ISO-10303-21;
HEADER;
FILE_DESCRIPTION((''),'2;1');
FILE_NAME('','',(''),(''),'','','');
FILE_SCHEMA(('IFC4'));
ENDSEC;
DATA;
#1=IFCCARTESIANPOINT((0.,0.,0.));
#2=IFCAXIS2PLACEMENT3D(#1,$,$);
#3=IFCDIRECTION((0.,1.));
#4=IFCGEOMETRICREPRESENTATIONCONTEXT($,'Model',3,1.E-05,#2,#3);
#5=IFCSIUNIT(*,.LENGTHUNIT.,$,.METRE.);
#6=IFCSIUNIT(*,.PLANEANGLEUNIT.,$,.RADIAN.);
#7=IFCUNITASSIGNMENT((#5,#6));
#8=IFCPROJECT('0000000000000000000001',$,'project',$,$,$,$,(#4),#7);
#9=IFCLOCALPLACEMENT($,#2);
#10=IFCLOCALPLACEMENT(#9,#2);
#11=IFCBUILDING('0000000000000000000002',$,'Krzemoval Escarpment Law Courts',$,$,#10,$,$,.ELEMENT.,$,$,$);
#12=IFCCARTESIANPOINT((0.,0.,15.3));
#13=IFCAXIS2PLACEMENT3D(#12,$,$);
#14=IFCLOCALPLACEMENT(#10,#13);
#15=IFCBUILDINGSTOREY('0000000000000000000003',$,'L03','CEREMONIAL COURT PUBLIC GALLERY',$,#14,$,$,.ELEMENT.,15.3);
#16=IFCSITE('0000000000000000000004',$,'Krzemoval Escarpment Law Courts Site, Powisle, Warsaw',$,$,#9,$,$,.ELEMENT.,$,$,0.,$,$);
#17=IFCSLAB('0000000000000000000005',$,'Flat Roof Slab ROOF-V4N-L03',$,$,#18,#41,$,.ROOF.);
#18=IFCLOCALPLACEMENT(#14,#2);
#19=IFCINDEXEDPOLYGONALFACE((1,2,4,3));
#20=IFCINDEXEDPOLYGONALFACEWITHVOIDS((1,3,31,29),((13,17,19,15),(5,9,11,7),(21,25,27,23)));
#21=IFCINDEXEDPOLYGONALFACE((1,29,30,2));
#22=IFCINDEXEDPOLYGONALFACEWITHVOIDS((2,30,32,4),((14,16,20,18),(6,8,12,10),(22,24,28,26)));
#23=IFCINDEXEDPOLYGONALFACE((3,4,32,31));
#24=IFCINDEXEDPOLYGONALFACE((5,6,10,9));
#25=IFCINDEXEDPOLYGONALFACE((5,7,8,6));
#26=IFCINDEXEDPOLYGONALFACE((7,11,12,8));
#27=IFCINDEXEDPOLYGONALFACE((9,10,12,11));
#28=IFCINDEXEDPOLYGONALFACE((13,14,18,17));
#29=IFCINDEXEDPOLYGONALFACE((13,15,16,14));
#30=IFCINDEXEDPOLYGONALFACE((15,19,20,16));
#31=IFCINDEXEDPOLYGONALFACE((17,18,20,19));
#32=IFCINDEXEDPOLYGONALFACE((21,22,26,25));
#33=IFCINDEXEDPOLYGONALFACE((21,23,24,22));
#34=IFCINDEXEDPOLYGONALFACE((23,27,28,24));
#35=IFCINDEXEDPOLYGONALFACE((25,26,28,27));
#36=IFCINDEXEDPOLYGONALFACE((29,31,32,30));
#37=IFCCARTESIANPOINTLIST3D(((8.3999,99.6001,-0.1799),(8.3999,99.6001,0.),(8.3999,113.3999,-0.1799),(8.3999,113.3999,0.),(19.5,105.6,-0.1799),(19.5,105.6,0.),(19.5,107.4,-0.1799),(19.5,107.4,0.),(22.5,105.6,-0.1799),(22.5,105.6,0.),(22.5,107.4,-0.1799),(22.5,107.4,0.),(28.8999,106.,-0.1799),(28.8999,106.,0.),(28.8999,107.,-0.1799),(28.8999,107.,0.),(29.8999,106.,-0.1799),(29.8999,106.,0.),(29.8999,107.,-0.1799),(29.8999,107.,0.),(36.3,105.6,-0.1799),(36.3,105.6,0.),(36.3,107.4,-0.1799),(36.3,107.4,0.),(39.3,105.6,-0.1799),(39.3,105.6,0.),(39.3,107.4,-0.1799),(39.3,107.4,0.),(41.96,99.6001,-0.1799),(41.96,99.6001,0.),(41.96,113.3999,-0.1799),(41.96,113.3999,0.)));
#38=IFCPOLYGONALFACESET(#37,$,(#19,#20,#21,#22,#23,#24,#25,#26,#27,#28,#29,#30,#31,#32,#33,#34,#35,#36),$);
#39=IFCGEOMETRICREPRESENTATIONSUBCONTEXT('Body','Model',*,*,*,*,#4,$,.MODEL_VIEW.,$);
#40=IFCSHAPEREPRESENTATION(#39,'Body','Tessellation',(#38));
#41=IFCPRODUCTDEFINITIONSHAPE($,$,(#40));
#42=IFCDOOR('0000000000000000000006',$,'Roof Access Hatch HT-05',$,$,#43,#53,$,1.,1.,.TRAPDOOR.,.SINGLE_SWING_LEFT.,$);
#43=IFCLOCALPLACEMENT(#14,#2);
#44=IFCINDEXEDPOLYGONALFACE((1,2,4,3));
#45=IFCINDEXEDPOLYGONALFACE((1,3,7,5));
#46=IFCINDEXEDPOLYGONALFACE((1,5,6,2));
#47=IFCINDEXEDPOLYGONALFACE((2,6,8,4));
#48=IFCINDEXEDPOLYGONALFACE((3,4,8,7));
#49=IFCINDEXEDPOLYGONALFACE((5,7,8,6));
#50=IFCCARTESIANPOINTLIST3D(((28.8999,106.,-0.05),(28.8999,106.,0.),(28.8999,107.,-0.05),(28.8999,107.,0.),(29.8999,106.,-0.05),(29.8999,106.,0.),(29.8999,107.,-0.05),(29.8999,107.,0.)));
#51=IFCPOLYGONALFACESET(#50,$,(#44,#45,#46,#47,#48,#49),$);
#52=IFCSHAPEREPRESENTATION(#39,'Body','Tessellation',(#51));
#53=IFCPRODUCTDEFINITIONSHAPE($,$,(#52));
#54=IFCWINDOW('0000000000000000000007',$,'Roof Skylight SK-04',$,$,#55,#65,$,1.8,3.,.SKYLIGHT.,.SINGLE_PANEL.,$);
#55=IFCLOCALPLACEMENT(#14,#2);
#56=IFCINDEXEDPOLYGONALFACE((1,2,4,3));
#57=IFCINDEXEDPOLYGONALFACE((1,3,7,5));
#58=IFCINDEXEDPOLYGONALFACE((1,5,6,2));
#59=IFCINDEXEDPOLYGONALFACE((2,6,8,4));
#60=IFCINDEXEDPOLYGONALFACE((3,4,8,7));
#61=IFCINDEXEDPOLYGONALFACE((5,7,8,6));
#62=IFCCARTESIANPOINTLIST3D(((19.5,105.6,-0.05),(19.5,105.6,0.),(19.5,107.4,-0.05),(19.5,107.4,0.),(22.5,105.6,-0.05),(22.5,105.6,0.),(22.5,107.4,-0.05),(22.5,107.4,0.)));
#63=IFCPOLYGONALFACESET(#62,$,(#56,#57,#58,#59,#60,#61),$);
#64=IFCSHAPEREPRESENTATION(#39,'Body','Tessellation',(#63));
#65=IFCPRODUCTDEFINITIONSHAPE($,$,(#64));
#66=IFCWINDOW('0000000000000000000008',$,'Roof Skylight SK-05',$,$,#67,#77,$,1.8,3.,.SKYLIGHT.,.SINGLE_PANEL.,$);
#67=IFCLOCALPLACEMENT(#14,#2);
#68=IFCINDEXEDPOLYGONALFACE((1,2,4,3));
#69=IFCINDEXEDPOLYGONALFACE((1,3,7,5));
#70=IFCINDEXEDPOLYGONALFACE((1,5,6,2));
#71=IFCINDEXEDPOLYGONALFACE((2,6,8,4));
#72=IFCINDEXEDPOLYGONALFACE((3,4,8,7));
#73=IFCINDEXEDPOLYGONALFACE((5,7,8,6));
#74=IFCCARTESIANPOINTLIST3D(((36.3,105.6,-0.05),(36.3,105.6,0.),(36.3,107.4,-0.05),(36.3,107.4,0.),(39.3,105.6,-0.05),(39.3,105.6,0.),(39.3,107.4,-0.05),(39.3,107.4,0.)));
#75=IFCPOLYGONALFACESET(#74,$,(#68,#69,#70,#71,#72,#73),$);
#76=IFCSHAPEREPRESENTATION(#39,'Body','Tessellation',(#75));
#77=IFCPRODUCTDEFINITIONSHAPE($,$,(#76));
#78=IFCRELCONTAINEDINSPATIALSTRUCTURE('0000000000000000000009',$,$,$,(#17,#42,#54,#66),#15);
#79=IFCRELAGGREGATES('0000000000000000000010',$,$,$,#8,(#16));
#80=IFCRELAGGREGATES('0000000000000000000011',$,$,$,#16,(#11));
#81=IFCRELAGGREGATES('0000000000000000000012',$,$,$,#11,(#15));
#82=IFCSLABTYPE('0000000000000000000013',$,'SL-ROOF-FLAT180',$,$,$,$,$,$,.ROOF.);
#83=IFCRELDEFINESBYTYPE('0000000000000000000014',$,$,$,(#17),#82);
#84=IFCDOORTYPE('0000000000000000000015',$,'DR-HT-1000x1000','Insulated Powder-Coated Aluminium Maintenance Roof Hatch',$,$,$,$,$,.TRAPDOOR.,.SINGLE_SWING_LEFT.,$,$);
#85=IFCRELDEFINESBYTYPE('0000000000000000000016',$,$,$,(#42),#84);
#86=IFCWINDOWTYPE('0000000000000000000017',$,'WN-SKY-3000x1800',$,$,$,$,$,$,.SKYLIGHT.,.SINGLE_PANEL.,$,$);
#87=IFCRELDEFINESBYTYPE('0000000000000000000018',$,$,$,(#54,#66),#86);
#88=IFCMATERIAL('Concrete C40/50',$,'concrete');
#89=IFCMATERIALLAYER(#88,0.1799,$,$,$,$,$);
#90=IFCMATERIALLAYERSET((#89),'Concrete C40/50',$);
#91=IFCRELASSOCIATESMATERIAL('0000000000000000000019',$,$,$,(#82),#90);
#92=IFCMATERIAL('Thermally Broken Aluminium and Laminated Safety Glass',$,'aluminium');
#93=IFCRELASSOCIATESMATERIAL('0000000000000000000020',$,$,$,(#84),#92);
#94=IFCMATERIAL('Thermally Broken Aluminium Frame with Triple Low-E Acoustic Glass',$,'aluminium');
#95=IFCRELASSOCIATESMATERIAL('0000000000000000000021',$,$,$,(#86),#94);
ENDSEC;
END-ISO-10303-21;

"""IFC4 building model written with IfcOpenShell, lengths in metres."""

from ifc_helpers import new_model, si_unit, direction, frame, origin, origin_2d, place, context, subcontext, project, spatial, polyline, rectangle, outline, extrude, material, layer, layer_set, type_object, element, fill, save


model = new_model("IFC4")

# Units and contexts
model_context = context("Model", 3, precision=1e-05, world=origin(), true_north=direction((0.0, 1.0)))
body_context = subcontext(model_context, "Body", "Model", "MODEL_VIEW")
ifc_project = project(units=[si_unit("LENGTHUNIT", "METRE"), si_unit("PLANEANGLEUNIT", "RADIAN")], contexts=[model_context])

# Site, building, storey
site_placement = place(None, origin())
site = spatial("IfcSite", under=ifc_project, at=site_placement, Name="Krzemoval Escarpment Law Courts Site, Powisle, Warsaw", CompositionType="ELEMENT", RefElevation=0.0)
building_placement = place(site_placement, origin())
building = spatial("IfcBuilding", under=site, at=building_placement, Name="Krzemoval Escarpment Law Courts", CompositionType="ELEMENT")
storey_placement = place(building_placement, frame((0.0, 0.0, 15.3)))
storey = spatial("IfcBuildingStorey", under=building, at=storey_placement, Name="L03", Description="CEREMONIAL COURT PUBLIC GALLERY", CompositionType="ELEMENT", Elevation=15.3)

# Slab, openings, door, windows
ifc_material_1 = material(Name="Concrete C40/50", Category="concrete")
ifc_layer_1 = layer(ifc_material_1, 0.1799)
ifc_layer_set_1 = layer_set([ifc_layer_1], Name="Concrete C40/50")
slab_type_1 = type_object("IfcSlabType", Name="SL-ROOF-FLAT180", PredefinedType="ROOF", material=ifc_layer_set_1)
slab_1_placement = place(storey_placement, frame((0.0, 0.0, -0.1799)))
slab_1 = element("IfcSlab", 1, at=slab_1_placement, inside=storey, type_object=slab_type_1, Name="Flat Roof Slab ROOF-V4N-L03", PredefinedType="ROOF", context=body_context, shape_type="SweptSolid", body=[
    extrude(outline(polyline([(41.96, 99.6001), (8.3999, 99.6001), (8.3999, 113.3999), (41.96, 113.3999), (41.96, 99.6001)])), origin(), (0.0, 0.0, 1.0), 0.1799),
])
opening_1_placement = place(slab_1_placement, frame((21.0, 106.5, 0.0)))
opening_1 = element("IfcOpeningElement", 2, at=opening_1_placement, cuts=slab_1, PredefinedType="OPENING", context=body_context, shape_type="SweptSolid", body=[
    extrude(rectangle(XDim=3.0, YDim=1.8, at=origin_2d()), frame((0.0, 0.0, -0.015)), (0.0, 0.0, 1.0), 0.2099),
])
opening_2_placement = place(slab_1_placement, frame((37.8, 106.5, 0.0)))
opening_2 = element("IfcOpeningElement", 3, at=opening_2_placement, cuts=slab_1, PredefinedType="OPENING", context=body_context, shape_type="SweptSolid", body=[
    extrude(rectangle(XDim=3.0, YDim=1.8, at=origin_2d()), frame((0.0, 0.0, -0.015)), (0.0, 0.0, 1.0), 0.2099),
])
opening_3_placement = place(slab_1_placement, frame((29.3999, 106.5, 0.0)))
opening_3 = element("IfcOpeningElement", 4, at=opening_3_placement, cuts=slab_1, PredefinedType="OPENING", context=body_context, shape_type="SweptSolid", body=[
    extrude(rectangle(XDim=1.0, YDim=1.0, at=origin_2d()), frame((0.0, 0.0, -0.015)), (0.0, 0.0, 1.0), 0.2099),
])
ifc_material_2 = material(Name="Thermally Broken Aluminium and Laminated Safety Glass", Category="aluminium")
door_type = type_object("IfcDoorType", Name="DR-HT-1000x1000", Description="Insulated Powder-Coated Aluminium Maintenance Roof Hatch", OperationType="SINGLE_SWING_LEFT", PredefinedType="TRAPDOOR", material=ifc_material_2)
door_placement = place(opening_3_placement, frame((0.0, 0.0, 0.1299)))
door = element("IfcDoor", 5, at=door_placement, inside=storey, type_object=door_type, Name="Roof Access Hatch HT-05", OperationType="SINGLE_SWING_LEFT", OverallHeight=1.0, OverallWidth=1.0, PredefinedType="TRAPDOOR", context=body_context, shape_type="SweptSolid", body=[
    extrude(rectangle(XDim=1.0, YDim=1.0, at=origin_2d()), origin(), (0.0, 0.0, 1.0), 0.05),
])
fill(opening_3, door)
ifc_material_3 = material(Name="Thermally Broken Aluminium Frame with Triple Low-E Acoustic Glass", Category="aluminium")
window_type = type_object("IfcWindowType", Name="WN-SKY-3000x1800", PartitioningType="SINGLE_PANEL", PredefinedType="SKYLIGHT", material=ifc_material_3)
window_1_placement = place(opening_1_placement, frame((0.0, 0.0, 0.1299)))
window_1 = element("IfcWindow", 6, at=window_1_placement, inside=storey, type_object=window_type, Name="Roof Skylight SK-04", OverallHeight=1.8, OverallWidth=3.0, PartitioningType="SINGLE_PANEL", PredefinedType="SKYLIGHT", context=body_context, shape_type="SweptSolid", body=[
    extrude(rectangle(XDim=3.0, YDim=1.8, at=origin_2d()), origin(), (0.0, 0.0, 1.0), 0.05),
])
fill(opening_1, window_1)
window_2_placement = place(opening_2_placement, frame((0.0, 0.0, 0.1299)))
window_2 = element("IfcWindow", 7, at=window_2_placement, inside=storey, type_object=window_type, Name="Roof Skylight SK-05", OverallHeight=1.8, OverallWidth=3.0, PartitioningType="SINGLE_PANEL", PredefinedType="SKYLIGHT", context=body_context, shape_type="SweptSolid", body=[
    extrude(rectangle(XDim=3.0, YDim=1.8, at=origin_2d()), origin(), (0.0, 0.0, 1.0), 0.05),
])
fill(opening_2, window_2)

save(model, "model.ifc")
